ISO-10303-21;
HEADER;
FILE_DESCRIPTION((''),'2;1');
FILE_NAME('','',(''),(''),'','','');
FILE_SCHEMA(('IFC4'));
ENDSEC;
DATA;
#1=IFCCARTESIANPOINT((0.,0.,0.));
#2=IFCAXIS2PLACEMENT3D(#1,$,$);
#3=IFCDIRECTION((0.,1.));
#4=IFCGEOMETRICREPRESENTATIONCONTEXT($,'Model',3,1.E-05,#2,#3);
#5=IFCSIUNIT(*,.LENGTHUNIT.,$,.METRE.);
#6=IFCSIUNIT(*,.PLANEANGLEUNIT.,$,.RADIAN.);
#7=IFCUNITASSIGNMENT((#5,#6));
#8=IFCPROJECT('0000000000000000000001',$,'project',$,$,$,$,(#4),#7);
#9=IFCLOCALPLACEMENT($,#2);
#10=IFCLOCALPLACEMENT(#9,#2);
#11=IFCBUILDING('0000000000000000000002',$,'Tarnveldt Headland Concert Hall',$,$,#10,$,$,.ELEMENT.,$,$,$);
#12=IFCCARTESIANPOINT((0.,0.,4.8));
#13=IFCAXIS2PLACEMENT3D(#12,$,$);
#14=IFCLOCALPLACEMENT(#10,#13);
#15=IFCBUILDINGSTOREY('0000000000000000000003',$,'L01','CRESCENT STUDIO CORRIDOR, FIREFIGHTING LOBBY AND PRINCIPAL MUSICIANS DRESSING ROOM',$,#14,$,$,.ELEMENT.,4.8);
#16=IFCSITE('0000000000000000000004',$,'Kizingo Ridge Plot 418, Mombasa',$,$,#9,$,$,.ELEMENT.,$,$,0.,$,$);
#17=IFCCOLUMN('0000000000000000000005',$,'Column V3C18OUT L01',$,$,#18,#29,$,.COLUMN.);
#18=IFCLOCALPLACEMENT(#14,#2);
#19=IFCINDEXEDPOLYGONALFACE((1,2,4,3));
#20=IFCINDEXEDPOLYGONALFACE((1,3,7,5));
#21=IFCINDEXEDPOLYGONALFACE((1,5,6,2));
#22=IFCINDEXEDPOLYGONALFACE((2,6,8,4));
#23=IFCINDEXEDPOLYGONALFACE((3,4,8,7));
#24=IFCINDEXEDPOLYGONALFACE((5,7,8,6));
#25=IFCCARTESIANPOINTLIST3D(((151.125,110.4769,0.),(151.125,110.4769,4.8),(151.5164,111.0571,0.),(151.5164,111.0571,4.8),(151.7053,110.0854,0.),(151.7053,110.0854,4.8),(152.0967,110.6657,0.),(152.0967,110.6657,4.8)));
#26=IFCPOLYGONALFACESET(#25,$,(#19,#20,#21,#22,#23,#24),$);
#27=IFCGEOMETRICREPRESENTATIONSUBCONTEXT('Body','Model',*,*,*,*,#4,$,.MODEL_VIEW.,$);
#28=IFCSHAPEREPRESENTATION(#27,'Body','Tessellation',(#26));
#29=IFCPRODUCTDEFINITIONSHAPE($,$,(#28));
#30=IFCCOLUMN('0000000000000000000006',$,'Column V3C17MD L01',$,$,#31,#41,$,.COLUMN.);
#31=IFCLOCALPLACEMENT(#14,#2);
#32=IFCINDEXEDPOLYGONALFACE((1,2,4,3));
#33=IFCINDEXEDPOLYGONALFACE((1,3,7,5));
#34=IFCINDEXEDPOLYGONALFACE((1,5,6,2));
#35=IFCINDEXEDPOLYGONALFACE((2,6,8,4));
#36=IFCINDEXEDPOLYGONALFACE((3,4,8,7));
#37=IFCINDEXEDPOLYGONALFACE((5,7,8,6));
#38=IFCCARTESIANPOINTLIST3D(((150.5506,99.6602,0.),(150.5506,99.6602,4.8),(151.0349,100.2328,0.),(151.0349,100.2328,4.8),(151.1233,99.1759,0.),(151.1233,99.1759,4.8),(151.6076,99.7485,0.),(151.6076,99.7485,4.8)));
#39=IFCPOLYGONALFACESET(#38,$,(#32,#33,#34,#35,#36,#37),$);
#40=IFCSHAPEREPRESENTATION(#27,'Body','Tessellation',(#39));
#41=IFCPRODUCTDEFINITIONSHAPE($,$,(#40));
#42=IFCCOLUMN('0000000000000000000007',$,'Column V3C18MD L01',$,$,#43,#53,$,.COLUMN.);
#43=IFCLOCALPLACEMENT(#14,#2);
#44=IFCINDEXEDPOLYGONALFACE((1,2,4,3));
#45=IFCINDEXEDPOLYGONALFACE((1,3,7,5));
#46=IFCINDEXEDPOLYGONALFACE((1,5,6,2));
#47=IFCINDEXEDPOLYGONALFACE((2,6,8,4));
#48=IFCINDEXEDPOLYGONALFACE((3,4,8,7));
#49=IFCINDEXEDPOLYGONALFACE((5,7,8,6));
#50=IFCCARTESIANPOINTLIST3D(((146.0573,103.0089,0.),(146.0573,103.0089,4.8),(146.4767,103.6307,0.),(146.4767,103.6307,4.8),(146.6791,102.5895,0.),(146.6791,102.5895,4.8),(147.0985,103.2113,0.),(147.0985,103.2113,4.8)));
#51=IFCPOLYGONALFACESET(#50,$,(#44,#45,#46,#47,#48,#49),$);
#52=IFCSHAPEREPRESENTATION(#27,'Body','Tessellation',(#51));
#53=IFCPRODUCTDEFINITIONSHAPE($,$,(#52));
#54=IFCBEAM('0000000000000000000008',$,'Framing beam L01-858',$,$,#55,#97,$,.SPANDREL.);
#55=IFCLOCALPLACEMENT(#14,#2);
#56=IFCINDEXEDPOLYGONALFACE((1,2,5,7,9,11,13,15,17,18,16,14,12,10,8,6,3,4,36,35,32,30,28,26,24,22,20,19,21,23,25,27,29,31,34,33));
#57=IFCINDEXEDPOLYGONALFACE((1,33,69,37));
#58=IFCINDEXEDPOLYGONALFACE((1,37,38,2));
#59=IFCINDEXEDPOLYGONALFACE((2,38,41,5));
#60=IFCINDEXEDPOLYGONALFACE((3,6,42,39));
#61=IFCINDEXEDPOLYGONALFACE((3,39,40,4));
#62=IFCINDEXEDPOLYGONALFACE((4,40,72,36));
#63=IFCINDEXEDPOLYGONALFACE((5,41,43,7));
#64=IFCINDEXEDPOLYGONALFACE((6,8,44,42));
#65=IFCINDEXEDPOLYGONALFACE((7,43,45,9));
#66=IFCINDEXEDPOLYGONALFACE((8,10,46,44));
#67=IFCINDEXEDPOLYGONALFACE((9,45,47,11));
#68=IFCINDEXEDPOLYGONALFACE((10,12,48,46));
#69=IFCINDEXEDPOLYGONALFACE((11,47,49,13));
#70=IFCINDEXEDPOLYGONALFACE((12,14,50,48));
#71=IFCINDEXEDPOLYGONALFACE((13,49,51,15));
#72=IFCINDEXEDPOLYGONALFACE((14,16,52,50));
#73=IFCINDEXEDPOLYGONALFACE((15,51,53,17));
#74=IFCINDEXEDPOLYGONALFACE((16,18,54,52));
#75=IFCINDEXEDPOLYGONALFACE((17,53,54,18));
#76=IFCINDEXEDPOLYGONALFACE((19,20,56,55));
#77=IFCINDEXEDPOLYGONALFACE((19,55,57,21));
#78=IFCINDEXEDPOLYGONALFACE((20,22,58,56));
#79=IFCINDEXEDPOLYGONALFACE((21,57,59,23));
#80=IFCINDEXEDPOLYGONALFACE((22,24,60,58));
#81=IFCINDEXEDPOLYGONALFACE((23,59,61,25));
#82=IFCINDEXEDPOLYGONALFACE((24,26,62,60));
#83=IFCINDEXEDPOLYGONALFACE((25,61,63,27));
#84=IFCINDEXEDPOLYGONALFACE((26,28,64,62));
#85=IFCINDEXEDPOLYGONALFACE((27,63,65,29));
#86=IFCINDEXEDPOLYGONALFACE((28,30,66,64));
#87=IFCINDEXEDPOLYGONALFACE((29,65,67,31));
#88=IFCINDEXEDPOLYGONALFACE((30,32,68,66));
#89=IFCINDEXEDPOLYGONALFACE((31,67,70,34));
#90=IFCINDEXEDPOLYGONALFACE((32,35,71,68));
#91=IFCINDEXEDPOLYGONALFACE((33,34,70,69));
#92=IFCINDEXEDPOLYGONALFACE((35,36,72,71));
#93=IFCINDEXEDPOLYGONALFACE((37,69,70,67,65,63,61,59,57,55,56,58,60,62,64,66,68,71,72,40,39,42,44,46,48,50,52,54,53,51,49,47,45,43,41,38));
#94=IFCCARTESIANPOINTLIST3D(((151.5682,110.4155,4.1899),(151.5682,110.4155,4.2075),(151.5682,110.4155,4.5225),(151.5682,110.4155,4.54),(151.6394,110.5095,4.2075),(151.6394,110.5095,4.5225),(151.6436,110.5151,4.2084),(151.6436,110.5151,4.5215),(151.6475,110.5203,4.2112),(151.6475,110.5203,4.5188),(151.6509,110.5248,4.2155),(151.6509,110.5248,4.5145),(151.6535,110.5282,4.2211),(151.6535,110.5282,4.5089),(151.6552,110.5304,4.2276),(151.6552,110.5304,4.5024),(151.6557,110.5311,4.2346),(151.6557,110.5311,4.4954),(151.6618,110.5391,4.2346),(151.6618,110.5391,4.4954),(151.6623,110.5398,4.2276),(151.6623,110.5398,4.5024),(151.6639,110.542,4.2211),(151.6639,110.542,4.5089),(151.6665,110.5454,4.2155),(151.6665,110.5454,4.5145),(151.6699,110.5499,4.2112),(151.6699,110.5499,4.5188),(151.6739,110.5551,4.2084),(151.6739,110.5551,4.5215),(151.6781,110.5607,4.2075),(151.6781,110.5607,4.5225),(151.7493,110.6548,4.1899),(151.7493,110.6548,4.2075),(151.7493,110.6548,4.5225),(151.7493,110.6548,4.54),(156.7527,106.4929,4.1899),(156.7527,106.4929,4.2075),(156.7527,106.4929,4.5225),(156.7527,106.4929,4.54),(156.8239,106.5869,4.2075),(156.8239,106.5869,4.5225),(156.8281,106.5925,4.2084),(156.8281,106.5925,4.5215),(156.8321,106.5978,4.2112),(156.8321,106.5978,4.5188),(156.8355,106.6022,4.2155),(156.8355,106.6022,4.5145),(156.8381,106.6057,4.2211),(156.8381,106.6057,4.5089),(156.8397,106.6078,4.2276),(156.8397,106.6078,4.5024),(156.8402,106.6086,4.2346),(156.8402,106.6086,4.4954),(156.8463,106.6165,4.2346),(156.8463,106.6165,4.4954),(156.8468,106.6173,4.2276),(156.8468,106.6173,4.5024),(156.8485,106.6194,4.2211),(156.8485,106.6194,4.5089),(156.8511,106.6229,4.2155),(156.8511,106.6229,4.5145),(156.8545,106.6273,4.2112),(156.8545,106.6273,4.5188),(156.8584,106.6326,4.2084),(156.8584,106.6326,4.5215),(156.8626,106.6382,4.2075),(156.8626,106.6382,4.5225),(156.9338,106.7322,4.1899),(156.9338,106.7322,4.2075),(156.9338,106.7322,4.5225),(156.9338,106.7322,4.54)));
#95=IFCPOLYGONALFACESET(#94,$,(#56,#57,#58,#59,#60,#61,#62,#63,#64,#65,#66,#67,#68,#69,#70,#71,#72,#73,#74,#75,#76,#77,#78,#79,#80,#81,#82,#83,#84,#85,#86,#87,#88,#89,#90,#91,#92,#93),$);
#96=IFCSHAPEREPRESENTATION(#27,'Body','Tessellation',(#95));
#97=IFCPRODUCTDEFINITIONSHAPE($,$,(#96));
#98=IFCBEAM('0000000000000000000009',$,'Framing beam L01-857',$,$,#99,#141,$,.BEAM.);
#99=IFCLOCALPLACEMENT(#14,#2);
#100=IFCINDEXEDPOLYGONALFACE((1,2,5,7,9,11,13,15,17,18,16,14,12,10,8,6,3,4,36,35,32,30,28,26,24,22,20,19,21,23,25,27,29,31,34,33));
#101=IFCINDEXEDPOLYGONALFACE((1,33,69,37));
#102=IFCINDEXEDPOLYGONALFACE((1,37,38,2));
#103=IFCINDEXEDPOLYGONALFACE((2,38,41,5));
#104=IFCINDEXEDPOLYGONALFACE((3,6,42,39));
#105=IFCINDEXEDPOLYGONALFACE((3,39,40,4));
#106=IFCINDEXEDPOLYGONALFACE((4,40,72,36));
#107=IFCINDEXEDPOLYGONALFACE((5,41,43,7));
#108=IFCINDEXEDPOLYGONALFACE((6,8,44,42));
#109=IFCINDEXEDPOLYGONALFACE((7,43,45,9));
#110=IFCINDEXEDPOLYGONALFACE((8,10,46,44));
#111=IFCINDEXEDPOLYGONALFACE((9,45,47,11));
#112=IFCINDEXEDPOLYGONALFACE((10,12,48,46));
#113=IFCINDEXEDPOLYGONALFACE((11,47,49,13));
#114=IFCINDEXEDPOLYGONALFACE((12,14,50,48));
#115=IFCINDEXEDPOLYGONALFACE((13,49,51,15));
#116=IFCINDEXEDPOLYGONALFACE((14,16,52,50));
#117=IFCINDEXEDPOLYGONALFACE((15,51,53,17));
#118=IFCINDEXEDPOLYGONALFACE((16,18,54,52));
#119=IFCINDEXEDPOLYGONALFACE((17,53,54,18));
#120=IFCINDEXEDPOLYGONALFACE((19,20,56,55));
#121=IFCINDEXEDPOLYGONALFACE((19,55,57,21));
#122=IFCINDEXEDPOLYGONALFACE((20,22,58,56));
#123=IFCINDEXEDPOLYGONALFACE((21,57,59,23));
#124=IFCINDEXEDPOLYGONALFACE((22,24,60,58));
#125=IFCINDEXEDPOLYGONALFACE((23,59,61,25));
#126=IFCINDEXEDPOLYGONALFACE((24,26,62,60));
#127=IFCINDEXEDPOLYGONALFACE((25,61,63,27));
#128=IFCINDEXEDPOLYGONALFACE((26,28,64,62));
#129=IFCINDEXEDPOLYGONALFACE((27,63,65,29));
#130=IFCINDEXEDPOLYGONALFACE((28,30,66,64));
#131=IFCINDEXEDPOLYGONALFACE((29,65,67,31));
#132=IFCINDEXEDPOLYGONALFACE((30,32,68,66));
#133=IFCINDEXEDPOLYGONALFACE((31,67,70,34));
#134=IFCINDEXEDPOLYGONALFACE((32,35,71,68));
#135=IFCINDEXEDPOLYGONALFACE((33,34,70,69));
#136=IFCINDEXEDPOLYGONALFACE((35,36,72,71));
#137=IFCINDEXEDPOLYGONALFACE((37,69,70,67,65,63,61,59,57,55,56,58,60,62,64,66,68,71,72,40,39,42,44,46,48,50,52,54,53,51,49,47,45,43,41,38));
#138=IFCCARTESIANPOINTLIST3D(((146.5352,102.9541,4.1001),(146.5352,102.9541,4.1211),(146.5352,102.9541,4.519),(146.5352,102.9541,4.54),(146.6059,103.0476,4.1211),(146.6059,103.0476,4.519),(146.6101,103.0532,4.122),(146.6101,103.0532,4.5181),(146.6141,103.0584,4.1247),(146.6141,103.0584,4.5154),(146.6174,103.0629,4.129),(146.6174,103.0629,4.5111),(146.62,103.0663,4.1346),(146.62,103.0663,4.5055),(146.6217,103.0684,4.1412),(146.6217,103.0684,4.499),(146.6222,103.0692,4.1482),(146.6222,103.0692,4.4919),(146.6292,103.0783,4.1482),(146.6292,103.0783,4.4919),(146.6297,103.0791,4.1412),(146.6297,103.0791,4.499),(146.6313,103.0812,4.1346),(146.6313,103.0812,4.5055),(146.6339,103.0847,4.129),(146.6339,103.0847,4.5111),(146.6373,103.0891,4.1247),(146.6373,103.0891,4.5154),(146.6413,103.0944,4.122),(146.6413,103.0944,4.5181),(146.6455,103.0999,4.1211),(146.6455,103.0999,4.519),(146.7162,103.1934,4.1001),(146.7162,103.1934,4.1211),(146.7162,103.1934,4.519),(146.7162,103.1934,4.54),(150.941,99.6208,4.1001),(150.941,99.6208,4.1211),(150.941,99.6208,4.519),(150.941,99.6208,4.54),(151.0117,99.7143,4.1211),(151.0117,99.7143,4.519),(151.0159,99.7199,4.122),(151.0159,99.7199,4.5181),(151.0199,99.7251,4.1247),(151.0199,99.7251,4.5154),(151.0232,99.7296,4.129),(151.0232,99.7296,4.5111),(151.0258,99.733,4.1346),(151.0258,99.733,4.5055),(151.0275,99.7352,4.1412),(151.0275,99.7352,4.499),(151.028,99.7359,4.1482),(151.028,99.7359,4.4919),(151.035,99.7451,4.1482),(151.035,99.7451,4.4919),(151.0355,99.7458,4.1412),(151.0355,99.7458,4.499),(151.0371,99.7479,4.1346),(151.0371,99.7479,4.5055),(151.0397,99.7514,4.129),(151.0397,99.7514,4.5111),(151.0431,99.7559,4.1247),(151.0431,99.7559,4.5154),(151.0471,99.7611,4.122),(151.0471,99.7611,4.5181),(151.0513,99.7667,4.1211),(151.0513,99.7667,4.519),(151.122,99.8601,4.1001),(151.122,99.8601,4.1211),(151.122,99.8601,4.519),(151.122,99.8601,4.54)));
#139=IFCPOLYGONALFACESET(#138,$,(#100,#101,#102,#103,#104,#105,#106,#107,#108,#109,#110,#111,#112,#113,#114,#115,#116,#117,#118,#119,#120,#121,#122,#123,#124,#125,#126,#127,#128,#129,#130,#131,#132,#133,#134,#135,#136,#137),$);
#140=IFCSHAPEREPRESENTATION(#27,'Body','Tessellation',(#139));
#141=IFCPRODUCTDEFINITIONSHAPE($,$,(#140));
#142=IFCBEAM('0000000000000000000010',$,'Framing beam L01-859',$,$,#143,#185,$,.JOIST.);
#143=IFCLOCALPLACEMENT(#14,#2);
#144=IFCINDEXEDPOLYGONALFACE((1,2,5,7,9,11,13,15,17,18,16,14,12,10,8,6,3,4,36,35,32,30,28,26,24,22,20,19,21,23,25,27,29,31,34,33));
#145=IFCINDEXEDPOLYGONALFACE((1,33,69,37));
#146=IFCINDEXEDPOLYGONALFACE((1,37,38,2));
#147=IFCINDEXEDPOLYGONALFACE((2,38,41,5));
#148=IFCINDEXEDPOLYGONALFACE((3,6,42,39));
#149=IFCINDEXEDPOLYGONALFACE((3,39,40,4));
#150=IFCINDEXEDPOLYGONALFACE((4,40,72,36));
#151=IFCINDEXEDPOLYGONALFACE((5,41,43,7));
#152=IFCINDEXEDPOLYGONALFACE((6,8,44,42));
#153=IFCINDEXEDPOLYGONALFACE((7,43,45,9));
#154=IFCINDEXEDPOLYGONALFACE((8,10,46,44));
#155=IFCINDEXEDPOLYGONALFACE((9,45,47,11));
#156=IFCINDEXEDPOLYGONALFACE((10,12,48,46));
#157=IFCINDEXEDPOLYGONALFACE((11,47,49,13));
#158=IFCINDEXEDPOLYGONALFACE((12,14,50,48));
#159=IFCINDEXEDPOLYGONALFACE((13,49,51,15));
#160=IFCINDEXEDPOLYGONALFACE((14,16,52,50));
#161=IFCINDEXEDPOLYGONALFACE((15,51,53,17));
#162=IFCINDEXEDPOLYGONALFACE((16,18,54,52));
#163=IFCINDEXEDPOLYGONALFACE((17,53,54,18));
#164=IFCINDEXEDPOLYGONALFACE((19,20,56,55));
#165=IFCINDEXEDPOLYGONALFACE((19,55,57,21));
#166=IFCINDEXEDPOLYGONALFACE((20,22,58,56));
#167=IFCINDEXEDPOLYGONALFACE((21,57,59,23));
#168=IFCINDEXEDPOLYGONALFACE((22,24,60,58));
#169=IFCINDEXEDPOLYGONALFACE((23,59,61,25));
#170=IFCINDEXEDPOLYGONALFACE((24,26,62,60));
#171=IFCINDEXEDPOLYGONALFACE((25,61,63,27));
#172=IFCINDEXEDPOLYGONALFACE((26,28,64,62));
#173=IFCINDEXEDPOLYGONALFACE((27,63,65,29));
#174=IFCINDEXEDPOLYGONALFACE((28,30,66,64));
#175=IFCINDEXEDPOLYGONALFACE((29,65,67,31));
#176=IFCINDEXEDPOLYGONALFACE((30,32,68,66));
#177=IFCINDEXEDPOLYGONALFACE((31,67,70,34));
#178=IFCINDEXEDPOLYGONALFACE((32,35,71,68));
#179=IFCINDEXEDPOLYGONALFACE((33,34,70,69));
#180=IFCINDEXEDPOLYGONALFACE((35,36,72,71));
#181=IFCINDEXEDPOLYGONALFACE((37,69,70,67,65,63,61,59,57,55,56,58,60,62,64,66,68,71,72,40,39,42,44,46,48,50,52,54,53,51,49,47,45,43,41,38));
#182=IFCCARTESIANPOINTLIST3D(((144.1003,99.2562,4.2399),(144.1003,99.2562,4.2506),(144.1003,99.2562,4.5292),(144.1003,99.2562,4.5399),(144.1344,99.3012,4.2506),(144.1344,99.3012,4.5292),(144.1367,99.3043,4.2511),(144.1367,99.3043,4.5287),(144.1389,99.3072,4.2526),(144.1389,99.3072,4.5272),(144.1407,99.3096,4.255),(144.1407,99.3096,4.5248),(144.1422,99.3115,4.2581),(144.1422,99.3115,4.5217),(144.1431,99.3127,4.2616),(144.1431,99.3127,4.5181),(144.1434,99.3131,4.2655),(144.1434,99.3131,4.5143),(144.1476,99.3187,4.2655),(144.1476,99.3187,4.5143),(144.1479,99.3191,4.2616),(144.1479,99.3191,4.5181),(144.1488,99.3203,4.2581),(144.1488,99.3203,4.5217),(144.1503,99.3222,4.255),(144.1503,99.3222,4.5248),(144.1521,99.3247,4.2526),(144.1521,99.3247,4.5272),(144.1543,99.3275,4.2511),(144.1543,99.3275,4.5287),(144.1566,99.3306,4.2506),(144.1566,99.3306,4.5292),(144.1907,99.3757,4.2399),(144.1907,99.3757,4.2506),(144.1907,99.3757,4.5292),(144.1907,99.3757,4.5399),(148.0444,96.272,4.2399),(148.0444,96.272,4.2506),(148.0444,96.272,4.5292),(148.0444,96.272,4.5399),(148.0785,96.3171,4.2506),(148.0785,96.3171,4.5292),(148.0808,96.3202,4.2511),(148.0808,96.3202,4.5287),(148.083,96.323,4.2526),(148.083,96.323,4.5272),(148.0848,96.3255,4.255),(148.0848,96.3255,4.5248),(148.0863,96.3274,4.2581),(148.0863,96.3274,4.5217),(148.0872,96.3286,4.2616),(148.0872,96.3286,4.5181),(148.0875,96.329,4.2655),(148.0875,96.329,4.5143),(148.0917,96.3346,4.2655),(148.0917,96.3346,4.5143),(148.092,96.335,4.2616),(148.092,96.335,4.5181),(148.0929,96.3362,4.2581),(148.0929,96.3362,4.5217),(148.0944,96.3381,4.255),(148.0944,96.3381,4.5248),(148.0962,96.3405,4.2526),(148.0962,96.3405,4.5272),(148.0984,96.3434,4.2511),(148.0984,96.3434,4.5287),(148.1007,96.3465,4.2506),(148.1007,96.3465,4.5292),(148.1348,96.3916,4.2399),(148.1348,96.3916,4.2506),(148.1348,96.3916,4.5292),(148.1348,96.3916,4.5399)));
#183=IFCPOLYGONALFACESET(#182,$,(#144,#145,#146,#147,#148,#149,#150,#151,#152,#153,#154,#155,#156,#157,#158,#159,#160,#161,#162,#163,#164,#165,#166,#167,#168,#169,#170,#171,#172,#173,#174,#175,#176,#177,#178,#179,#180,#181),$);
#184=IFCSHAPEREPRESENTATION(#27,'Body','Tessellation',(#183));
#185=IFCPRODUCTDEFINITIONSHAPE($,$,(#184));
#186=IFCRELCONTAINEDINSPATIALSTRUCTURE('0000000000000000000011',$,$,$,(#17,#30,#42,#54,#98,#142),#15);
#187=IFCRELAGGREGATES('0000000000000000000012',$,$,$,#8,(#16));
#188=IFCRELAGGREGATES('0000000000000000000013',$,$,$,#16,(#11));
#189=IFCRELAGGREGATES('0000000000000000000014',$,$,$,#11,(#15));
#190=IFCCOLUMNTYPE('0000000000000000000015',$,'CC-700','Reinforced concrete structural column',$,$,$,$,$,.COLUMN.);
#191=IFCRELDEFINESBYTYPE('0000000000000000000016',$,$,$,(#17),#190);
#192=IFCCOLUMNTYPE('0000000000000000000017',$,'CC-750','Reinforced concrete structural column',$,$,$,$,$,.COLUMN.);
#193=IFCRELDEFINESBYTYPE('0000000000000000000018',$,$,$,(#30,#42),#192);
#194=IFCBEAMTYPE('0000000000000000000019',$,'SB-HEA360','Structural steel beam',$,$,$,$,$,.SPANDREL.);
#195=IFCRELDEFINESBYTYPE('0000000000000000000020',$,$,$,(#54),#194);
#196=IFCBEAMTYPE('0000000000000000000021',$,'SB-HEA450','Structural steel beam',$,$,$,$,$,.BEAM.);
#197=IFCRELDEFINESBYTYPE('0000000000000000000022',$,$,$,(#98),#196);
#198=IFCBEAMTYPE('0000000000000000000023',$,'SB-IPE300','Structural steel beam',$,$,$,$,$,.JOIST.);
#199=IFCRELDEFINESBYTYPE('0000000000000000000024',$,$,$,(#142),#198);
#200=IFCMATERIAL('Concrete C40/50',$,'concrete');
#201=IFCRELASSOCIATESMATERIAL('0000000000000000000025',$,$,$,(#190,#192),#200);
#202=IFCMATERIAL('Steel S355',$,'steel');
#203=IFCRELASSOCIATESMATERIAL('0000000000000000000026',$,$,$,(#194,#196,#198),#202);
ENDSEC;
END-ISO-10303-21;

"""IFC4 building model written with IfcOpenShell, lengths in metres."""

from ifc_helpers import new_model, si_unit, direction, frame, origin, origin_2d, place, context, subcontext, project, spatial, rectangle, i_section, extrude, material, material_profile, profile_set, type_object, element, save


model = new_model("IFC4")

# Units and contexts
model_context = context("Model", 3, precision=1e-05, world=origin(), true_north=direction((0.0, 1.0)))
body_context = subcontext(model_context, "Body", "Model", "MODEL_VIEW")
ifc_project = project(units=[si_unit("LENGTHUNIT", "METRE"), si_unit("PLANEANGLEUNIT", "RADIAN")], contexts=[model_context])

# Site, building, storey
site_placement = place(None, origin())
site = spatial("IfcSite", under=ifc_project, at=site_placement, Name="Kizingo Ridge Plot 418, Mombasa", CompositionType="ELEMENT", RefElevation=0.0)
building_placement = place(site_placement, origin())
building = spatial("IfcBuilding", under=site, at=building_placement, Name="Tarnveldt Headland Concert Hall", CompositionType="ELEMENT")
storey_placement = place(building_placement, frame((0.0, 0.0, 4.8)))
storey = spatial("IfcBuildingStorey", under=building, at=storey_placement, Name="L01", Description="CRESCENT STUDIO CORRIDOR, FIREFIGHTING LOBBY AND PRINCIPAL MUSICIANS DRESSING ROOM", CompositionType="ELEMENT", Elevation=4.8)

# Columns
ifc_material_1 = material(Name="Concrete C40/50", Category="concrete")
ifc_material_profile_1 = material_profile(ifc_material_1, rectangle(XDim=0.7, YDim=0.7, at=origin_2d()), Name="RC 700x700", Category="concrete")
ifc_profile_set_1 = profile_set([ifc_material_profile_1], Name="Concrete C40/50")
column_type_1 = type_object("IfcColumnType", Name="CC-700", Description="Reinforced concrete structural column", PredefinedType="COLUMN", material=ifc_profile_set_1)
column_placement = place(storey_placement, frame((151.6108, 110.5713, 0.0), z_axis=(0.0, 0.0, 1.0), x_axis=(0.559193, 0.829038, 0.0)))
element("IfcColumn", 1, at=column_placement, inside=storey, type_object=column_type_1, Name="Column V3C18OUT L01", PredefinedType="COLUMN", context=body_context, shape_type="SweptSolid", body=[
    extrude(rectangle(XDim=0.7, YDim=0.7, at=origin_2d()), origin(), (0.0, 0.0, 1.0), 4.8),
])
ifc_material_profile_2 = material_profile(ifc_material_1, rectangle(XDim=0.75, YDim=0.75, at=origin_2d()), Name="RC 750x750", Category="concrete")
ifc_profile_set_2 = profile_set([ifc_material_profile_2], Name="Concrete C40/50")
column_type_2 = type_object("IfcColumnType", Name="CC-750", Description="Reinforced concrete structural column", PredefinedType="COLUMN", material=ifc_profile_set_2)
for number, where, z_axis, x_axis, name in (
    (2, (151.0791, 99.7043, 0.0), (0.0, 0.0, 1.0), (0.645724, 0.763571, 0.0), "Column V3C17MD L01"),
    (3, (146.5779, 103.1101, 0.0), (0.0, 0.0, 1.0), (0.559193, 0.829038, 0.0), "Column V3C18MD L01"),
):
    element("IfcColumn", number, at=place(storey_placement, frame(where, z_axis=z_axis, x_axis=x_axis)), inside=storey, type_object=column_type_2, Name=name, PredefinedType="COLUMN", context=body_context, shape_type="SweptSolid", body=[
        extrude(rectangle(XDim=0.75, YDim=0.75, at=origin_2d()), origin(), (0.0, 0.0, 1.0), 4.8),
    ])

# Beams
ifc_material_2 = material(Name="Steel S355", Category="steel")
ifc_material_profile_3 = material_profile(ifc_material_2, i_section(OverallWidth=0.3, OverallDepth=0.3501, WebThickness=0.01, FlangeThickness=0.0176, FilletRadius=0.0271, at=origin_2d()), Name="HEA360", Category="steel")
ifc_profile_set_3 = profile_set([ifc_material_profile_3], Name="Steel S355")
beam_type_1 = type_object("IfcBeamType", Name="SB-HEA360", Description="Structural steel beam", PredefinedType="SPANDREL", material=ifc_profile_set_3)
beam_1_placement = place(storey_placement, frame((156.8433, 106.6125, 4.365), z_axis=(-0.797469, 0.603359, 0.0), x_axis=(-0.603359, -0.797469, 0.0)))
element("IfcBeam", 4, at=beam_1_placement, inside=storey, type_object=beam_type_1, Name="Framing beam L01-858", PredefinedType="SPANDREL", context=body_context, shape_type="SweptSolid", body=[
    extrude(i_section(OverallWidth=0.3, OverallDepth=0.3501, WebThickness=0.01, FlangeThickness=0.0176, FilletRadius=0.0271, at=origin_2d()), origin(), (0.0, 0.0, 1.0), 6.5012),
])
ifc_material_profile_4 = material_profile(ifc_material_2, i_section(OverallWidth=0.3, OverallDepth=0.4399, WebThickness=0.0115, FlangeThickness=0.021, FilletRadius=0.0271, at=origin_2d()), Name="HEA450", Category="steel")
ifc_profile_set_4 = profile_set([ifc_material_profile_4], Name="Steel S355")
beam_type_2 = type_object("IfcBeamType", Name="SB-HEA450", Description="Structural steel beam", PredefinedType="BEAM", material=ifc_profile_set_4)
beam_2_placement = place(storey_placement, frame((151.0315, 99.7405, 4.3201), z_axis=(-0.797479, 0.603346, 0.0), x_axis=(-0.603346, -0.797479, 0.0)))
element("IfcBeam", 5, at=beam_2_placement, inside=storey, type_object=beam_type_2, Name="Framing beam L01-857", PredefinedType="BEAM", context=body_context, shape_type="SweptSolid", body=[
    extrude(i_section(OverallWidth=0.3, OverallDepth=0.4399, WebThickness=0.0115, FlangeThickness=0.021, FilletRadius=0.0271, at=origin_2d()), origin(), (0.0, 0.0, 1.0), 5.5247),
])
ifc_material_profile_5 = material_profile(ifc_material_2, i_section(OverallWidth=0.1499, OverallDepth=0.3, WebThickness=0.0071, FlangeThickness=0.0107, FilletRadius=0.0149, at=origin_2d()), Name="IPE300", Category="steel")
ifc_profile_set_5 = profile_set([ifc_material_profile_5], Name="Steel S355")
beam_type_3 = type_object("IfcBeamType", Name="SB-IPE300", Description="Structural steel beam", PredefinedType="JOIST", material=ifc_profile_set_5)
beam_3_placement = place(storey_placement, frame((148.0896, 96.3318, 4.3899), z_axis=(-0.797464, 0.603367, 0.0), x_axis=(-0.603367, -0.797464, 0.0)))
element("IfcBeam", 6, at=beam_3_placement, inside=storey, type_object=beam_type_3, Name="Framing beam L01-859", PredefinedType="JOIST", context=body_context, shape_type="SweptSolid", body=[
    extrude(i_section(OverallWidth=0.1499, OverallDepth=0.3, WebThickness=0.0071, FlangeThickness=0.0107, FilletRadius=0.0149, at=origin_2d()), origin(), (0.0, 0.0, 1.0), 4.9458),
])

save(model, "model.ifc")
